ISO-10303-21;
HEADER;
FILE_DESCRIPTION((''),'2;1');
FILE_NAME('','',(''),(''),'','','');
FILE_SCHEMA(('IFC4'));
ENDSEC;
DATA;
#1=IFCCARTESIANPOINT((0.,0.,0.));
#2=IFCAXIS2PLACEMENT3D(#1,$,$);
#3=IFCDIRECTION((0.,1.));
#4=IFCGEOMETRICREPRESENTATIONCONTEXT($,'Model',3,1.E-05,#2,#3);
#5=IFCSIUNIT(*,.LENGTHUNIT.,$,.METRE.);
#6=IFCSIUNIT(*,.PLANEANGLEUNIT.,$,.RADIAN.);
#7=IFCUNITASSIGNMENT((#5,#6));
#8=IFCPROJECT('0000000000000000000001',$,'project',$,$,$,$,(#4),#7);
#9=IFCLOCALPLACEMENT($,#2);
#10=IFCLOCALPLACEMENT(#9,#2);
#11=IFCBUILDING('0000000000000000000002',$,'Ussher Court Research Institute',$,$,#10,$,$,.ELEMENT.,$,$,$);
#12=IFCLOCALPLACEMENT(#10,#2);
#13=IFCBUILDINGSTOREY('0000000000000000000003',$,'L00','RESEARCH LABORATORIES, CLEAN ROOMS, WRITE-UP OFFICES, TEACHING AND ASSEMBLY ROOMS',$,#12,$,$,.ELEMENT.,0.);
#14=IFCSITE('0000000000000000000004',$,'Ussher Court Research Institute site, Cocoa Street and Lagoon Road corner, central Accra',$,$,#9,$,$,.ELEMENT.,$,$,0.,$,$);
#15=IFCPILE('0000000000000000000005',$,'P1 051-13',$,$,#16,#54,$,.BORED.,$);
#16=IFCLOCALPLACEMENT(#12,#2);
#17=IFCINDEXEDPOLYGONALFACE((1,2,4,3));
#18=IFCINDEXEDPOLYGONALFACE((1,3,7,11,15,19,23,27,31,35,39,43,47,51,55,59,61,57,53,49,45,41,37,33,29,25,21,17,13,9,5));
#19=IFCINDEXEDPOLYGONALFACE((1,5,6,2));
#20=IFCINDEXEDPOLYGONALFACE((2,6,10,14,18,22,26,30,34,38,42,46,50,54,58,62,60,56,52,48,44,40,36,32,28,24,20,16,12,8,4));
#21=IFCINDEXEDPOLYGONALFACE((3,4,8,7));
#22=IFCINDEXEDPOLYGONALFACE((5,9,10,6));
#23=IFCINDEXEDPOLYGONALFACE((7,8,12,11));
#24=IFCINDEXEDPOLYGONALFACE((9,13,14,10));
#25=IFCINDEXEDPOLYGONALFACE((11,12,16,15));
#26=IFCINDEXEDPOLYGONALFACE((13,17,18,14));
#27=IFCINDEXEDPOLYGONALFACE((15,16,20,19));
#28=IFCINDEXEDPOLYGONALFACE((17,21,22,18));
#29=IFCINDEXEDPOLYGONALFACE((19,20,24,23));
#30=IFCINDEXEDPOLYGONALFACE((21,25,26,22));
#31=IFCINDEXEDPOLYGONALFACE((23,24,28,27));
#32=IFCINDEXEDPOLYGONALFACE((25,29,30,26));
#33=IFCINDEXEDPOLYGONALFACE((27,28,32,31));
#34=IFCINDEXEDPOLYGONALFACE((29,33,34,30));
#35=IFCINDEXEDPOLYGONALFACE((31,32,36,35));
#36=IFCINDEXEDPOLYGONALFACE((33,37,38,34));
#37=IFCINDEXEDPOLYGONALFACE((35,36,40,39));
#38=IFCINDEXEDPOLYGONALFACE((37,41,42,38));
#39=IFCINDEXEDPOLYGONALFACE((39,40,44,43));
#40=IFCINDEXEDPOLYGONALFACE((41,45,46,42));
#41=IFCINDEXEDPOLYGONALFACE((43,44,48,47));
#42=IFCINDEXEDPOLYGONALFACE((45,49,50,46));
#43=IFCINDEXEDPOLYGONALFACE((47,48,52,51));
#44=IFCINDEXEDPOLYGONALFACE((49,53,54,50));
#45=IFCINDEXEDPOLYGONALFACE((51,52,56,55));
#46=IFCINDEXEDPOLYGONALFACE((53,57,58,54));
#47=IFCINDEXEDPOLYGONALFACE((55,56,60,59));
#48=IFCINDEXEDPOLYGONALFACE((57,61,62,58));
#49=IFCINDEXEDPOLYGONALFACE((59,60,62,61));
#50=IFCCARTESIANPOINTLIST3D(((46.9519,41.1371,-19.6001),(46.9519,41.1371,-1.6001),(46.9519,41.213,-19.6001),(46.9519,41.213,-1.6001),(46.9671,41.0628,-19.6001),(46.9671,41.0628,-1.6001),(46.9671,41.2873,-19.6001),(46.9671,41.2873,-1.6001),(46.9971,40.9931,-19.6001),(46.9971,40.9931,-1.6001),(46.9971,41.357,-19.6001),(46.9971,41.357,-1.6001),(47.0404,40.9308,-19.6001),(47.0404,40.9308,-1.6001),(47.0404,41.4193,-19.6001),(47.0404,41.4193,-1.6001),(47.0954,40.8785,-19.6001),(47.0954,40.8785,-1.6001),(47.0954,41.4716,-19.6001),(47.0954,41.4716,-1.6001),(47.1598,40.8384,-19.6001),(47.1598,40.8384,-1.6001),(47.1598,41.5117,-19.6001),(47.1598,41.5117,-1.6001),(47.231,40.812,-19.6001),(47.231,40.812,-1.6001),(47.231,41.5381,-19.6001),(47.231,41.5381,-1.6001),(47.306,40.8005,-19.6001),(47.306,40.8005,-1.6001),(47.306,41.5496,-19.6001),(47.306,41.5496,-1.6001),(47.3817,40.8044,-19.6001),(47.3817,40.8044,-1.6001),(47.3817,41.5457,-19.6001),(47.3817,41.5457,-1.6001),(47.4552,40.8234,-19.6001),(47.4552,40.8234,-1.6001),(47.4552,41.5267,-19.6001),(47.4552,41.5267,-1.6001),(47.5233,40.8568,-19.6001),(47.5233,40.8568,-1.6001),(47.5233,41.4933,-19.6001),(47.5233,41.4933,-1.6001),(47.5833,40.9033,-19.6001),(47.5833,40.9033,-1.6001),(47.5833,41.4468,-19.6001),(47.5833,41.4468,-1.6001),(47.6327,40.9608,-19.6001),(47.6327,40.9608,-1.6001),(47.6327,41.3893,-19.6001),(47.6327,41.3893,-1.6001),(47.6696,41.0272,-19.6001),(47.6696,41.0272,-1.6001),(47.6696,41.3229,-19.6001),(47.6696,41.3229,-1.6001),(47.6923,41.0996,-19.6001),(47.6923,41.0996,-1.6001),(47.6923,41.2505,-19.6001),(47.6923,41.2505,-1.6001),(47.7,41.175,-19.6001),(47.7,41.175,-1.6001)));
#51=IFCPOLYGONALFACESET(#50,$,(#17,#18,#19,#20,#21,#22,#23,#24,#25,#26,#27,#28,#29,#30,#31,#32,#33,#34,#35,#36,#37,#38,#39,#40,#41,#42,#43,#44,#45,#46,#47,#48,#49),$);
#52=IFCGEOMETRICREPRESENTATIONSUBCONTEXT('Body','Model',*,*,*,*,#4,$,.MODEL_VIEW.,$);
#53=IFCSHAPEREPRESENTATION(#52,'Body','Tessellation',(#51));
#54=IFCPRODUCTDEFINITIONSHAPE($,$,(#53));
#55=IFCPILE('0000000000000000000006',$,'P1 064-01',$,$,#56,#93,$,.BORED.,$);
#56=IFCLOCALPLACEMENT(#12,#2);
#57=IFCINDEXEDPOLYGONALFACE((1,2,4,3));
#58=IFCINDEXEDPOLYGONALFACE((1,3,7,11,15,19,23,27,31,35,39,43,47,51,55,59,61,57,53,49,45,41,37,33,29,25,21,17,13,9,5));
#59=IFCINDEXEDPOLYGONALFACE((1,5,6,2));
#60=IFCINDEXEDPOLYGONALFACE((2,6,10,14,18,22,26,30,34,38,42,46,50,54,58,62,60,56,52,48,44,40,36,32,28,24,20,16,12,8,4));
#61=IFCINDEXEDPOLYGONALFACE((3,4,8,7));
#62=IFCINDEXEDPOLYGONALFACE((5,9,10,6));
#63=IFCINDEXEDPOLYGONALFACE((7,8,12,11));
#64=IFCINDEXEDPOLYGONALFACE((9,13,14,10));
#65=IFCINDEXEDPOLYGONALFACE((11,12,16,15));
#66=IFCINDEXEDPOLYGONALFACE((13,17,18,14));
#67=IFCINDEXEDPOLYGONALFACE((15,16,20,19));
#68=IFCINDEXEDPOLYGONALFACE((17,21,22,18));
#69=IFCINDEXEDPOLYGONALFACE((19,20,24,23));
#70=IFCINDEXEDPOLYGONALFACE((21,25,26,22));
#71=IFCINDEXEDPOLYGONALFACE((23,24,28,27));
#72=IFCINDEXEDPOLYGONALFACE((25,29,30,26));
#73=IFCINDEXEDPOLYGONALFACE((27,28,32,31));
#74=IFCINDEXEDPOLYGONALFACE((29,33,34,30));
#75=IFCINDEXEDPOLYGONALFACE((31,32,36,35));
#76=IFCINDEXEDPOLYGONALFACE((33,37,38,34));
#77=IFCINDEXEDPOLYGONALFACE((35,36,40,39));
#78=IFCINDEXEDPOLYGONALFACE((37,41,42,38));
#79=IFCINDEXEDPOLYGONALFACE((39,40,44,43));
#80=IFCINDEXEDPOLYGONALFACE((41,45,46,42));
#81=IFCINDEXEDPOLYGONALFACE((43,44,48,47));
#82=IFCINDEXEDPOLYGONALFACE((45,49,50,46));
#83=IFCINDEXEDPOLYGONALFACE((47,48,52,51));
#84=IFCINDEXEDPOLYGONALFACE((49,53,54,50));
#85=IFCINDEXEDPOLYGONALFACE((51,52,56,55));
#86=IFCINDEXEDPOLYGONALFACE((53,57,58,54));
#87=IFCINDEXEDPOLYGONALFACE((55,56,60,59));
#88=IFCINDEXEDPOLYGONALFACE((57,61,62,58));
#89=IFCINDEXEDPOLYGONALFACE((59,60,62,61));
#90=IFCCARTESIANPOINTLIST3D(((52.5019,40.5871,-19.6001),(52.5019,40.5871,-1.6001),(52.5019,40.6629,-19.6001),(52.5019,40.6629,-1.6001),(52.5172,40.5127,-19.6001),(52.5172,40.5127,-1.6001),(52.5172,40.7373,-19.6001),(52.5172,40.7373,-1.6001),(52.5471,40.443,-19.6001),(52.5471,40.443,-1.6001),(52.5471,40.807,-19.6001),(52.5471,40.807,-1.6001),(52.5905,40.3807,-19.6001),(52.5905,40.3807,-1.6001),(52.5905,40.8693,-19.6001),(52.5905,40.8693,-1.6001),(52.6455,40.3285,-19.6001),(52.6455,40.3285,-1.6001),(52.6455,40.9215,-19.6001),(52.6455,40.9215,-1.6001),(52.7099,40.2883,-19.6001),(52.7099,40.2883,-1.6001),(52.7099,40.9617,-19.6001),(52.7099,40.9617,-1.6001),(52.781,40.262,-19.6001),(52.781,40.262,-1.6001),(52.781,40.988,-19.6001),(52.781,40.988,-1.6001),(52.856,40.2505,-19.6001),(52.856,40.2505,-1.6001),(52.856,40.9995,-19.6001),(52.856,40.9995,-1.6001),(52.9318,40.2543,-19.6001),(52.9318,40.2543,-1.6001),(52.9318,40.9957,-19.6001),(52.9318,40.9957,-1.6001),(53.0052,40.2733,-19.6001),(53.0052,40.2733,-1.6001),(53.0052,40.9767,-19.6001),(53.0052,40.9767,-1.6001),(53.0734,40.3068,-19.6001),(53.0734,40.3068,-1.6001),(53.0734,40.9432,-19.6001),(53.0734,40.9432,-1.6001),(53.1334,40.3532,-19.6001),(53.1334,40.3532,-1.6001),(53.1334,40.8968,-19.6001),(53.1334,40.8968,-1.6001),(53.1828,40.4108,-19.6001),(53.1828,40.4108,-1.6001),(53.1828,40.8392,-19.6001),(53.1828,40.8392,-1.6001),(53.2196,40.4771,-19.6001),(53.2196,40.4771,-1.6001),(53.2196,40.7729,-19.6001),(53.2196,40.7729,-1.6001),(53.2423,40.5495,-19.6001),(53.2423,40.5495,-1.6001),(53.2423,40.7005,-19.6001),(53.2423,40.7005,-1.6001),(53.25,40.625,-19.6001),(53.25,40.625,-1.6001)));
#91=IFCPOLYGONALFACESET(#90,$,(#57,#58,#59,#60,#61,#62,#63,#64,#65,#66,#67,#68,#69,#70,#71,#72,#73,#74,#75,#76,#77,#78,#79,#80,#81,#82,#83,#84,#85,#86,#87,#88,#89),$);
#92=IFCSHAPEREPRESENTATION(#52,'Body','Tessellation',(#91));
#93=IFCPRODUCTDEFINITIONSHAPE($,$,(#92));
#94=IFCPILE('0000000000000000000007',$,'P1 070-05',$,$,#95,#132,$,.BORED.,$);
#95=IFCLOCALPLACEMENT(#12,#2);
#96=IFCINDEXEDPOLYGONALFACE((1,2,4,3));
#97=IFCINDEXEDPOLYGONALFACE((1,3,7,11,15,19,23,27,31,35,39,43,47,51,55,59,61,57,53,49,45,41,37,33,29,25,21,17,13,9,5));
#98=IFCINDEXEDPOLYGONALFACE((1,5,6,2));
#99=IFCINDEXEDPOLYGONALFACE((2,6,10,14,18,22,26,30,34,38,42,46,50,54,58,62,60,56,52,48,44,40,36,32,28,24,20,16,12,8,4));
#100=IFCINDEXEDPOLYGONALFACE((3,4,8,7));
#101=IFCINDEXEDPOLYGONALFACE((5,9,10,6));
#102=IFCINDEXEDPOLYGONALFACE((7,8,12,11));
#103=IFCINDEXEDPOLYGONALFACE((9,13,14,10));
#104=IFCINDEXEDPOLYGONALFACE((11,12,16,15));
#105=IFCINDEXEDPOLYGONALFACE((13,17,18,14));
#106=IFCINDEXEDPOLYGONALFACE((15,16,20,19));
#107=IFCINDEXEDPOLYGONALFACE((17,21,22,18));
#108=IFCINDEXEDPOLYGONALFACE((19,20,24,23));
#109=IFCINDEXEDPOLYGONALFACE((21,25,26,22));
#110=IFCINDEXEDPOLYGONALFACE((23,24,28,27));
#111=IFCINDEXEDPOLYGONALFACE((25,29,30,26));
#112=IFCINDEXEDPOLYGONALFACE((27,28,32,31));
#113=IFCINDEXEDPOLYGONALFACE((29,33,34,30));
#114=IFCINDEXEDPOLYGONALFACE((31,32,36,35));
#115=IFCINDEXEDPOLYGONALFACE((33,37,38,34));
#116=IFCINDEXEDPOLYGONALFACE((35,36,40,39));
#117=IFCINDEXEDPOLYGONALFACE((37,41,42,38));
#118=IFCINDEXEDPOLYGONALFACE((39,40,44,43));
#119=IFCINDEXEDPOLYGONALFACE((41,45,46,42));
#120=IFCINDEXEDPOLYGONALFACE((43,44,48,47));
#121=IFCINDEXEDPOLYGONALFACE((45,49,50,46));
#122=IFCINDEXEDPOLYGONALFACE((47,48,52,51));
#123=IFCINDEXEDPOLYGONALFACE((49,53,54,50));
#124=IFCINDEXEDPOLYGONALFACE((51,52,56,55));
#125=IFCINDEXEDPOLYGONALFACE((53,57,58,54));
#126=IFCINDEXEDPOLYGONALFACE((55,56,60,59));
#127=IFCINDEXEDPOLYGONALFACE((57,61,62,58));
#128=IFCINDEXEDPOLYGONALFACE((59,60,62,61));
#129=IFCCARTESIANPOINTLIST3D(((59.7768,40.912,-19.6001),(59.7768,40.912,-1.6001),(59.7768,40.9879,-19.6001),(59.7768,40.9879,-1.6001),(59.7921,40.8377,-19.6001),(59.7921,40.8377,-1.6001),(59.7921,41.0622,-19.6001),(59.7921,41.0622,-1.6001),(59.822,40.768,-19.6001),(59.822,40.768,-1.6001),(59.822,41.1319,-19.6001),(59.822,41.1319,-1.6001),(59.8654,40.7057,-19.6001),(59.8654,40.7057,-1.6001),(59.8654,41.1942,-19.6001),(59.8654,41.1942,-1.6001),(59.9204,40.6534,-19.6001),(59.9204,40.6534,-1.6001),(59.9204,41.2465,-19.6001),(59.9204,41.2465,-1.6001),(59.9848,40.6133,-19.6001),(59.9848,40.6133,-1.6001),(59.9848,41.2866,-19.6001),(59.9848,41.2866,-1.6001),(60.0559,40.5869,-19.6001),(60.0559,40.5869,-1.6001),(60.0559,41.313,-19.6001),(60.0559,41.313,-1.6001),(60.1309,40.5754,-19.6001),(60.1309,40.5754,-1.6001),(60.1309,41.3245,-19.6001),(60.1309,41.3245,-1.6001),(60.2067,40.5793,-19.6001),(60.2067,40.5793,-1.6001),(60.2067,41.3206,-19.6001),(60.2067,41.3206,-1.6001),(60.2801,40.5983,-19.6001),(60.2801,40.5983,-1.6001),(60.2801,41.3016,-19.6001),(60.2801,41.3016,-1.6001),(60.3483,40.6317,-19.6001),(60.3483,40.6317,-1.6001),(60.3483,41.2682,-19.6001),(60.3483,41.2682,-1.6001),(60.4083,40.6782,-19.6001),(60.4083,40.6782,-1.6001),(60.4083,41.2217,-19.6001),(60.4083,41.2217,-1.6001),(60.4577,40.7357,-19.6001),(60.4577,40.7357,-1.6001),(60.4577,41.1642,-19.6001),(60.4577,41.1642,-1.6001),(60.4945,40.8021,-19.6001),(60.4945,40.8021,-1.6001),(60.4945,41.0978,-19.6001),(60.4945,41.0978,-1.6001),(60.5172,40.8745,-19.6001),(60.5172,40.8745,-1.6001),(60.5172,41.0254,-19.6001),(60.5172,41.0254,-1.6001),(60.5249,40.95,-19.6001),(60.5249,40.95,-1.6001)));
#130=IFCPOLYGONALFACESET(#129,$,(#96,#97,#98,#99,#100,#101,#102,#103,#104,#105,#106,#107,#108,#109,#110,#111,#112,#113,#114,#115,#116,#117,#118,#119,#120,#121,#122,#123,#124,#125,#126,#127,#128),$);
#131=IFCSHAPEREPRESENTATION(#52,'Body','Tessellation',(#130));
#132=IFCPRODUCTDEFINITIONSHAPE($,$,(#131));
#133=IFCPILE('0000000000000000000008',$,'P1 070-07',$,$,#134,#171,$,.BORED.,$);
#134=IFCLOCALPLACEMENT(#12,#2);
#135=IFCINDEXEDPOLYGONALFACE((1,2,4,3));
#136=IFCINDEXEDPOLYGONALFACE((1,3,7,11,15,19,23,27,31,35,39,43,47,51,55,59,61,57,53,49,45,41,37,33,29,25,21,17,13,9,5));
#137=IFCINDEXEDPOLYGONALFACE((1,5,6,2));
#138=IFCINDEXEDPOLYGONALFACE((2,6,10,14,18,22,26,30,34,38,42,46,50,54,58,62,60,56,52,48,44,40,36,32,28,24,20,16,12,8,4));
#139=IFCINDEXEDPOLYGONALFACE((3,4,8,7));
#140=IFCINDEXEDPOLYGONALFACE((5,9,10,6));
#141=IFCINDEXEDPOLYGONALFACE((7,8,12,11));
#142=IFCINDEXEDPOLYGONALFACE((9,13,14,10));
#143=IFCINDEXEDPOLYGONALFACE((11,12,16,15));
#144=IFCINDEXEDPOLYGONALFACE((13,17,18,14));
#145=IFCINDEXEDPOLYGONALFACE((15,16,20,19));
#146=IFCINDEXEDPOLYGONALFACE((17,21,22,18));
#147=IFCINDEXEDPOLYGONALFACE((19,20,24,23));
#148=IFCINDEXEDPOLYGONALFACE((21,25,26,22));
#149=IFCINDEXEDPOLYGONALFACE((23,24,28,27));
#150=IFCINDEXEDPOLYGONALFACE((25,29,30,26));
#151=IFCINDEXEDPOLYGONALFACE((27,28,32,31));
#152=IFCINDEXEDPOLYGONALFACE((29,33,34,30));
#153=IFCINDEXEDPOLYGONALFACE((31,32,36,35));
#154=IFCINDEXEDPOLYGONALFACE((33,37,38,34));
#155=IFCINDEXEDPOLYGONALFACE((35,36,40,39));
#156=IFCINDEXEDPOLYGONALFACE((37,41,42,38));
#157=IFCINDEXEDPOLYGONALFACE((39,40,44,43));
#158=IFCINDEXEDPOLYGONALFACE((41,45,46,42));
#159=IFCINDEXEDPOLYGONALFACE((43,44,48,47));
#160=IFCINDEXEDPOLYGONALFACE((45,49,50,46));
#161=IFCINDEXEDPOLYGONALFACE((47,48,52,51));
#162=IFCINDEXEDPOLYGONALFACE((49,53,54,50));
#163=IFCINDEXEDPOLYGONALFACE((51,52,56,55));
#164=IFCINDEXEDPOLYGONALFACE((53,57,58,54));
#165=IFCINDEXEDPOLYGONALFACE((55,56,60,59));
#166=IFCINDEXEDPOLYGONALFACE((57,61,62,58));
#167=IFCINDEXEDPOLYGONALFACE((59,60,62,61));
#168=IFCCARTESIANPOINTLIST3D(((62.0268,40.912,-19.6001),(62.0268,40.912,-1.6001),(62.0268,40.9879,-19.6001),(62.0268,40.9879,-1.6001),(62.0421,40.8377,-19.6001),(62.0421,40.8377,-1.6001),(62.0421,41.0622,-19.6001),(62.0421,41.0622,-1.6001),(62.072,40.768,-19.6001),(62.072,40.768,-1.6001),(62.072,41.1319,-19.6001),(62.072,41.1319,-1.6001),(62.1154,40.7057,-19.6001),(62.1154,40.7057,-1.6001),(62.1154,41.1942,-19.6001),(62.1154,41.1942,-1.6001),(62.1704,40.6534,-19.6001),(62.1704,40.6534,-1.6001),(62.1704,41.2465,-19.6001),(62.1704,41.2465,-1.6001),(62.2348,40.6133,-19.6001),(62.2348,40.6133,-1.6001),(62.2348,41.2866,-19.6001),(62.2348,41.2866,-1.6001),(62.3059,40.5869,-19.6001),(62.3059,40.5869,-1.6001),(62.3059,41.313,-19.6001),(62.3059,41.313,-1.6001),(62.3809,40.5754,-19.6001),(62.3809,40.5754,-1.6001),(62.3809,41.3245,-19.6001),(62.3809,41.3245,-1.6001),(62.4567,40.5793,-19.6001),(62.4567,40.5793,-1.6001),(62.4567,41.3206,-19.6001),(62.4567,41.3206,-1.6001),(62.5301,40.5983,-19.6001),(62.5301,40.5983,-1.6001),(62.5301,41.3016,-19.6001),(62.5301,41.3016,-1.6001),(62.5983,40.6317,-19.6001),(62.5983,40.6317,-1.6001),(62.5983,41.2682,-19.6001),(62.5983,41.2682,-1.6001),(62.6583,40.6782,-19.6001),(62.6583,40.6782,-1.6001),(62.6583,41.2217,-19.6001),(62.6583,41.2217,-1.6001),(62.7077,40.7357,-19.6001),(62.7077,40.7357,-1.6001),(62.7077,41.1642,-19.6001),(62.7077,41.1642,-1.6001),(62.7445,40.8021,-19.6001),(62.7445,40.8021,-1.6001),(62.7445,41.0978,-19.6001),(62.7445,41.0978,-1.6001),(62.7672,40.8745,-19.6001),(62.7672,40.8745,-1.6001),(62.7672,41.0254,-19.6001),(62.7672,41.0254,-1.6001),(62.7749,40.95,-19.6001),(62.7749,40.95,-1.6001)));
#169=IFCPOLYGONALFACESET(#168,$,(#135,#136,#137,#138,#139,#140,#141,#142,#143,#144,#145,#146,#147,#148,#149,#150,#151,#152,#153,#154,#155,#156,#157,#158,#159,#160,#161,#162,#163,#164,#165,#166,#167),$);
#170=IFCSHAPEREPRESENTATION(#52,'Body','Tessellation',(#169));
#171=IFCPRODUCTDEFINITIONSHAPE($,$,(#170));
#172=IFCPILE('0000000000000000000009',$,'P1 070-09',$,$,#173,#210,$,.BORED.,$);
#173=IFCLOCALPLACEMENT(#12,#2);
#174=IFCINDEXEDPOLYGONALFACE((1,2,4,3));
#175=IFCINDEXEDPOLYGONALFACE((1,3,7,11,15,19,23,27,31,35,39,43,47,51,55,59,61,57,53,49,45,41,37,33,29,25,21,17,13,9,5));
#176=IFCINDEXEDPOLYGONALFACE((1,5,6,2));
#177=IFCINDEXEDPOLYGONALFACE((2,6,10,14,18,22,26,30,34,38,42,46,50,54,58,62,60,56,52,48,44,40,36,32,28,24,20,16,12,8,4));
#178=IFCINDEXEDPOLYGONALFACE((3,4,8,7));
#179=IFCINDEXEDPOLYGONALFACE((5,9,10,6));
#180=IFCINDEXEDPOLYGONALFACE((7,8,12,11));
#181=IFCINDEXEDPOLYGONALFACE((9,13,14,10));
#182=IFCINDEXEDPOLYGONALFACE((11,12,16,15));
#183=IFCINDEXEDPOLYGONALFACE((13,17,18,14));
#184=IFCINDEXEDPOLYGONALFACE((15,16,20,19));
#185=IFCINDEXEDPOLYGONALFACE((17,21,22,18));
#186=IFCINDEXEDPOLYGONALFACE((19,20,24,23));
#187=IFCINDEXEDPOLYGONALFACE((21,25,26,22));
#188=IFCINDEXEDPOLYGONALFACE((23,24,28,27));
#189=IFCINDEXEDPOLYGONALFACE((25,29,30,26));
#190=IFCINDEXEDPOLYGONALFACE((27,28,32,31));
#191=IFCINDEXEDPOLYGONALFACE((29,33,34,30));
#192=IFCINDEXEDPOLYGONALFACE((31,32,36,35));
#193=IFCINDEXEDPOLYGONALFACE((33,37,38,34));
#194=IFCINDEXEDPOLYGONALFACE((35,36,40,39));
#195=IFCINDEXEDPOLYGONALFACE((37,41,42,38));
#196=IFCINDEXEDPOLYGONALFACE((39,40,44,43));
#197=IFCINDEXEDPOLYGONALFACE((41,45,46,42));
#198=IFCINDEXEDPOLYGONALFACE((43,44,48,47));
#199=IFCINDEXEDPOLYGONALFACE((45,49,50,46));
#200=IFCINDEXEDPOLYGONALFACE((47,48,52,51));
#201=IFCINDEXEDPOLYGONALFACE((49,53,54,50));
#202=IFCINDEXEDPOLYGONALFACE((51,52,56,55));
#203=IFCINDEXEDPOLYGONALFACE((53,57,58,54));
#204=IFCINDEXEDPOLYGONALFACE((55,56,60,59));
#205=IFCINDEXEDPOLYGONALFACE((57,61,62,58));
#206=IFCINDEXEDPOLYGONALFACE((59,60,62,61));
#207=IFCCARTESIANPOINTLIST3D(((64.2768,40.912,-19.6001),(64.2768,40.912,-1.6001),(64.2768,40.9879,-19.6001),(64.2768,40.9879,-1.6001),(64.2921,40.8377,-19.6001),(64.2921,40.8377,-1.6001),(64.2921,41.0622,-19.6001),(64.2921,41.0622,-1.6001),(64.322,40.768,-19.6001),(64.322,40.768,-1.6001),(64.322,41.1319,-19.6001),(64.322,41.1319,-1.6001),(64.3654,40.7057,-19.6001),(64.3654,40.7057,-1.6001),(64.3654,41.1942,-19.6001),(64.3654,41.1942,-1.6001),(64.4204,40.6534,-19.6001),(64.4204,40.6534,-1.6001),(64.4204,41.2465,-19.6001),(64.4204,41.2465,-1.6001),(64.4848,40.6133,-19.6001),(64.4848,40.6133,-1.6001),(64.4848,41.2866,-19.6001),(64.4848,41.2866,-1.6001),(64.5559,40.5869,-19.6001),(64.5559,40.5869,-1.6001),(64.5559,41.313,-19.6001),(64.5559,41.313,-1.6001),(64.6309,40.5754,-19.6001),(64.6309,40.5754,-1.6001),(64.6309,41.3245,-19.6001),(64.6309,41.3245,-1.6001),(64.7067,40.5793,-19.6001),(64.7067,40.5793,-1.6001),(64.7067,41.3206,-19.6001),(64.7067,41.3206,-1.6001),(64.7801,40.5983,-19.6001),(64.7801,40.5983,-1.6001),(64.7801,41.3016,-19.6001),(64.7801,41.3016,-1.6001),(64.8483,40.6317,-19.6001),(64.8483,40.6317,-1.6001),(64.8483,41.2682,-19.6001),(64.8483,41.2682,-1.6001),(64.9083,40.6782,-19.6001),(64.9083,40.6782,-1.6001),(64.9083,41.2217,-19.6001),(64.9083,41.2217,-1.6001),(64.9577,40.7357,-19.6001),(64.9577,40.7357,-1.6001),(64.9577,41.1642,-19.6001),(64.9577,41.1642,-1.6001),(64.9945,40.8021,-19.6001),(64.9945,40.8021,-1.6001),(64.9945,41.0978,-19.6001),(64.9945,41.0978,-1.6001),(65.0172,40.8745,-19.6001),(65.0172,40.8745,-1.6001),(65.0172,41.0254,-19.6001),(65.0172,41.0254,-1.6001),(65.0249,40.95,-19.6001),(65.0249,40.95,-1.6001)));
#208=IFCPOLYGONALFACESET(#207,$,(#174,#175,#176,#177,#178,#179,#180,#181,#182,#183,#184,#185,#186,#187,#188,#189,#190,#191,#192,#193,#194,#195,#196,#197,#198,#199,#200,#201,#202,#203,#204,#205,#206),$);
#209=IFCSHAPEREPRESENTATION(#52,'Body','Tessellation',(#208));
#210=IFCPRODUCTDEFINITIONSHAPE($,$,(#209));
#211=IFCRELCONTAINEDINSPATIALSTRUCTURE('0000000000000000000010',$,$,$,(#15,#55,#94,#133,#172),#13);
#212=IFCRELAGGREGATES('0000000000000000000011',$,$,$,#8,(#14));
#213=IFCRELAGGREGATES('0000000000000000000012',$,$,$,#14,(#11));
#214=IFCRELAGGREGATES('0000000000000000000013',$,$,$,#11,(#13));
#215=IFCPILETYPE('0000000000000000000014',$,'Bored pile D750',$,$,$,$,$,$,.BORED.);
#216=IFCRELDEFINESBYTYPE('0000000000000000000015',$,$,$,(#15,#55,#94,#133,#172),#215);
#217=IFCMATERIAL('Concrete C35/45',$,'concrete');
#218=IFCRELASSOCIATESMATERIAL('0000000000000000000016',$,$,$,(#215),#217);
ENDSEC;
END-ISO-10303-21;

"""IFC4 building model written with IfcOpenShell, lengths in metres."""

from ifc_helpers import new_model, si_unit, direction, frame, origin, origin_2d, place, context, subcontext, project, spatial, circle, extrude, material, material_profile, profile_set, type_object, element, save


model = new_model("IFC4")

# Units and contexts
model_context = context("Model", 3, precision=1e-05, world=origin(), true_north=direction((0.0, 1.0)))
body_context = subcontext(model_context, "Body", "Model", "MODEL_VIEW")
ifc_project = project(units=[si_unit("LENGTHUNIT", "METRE"), si_unit("PLANEANGLEUNIT", "RADIAN")], contexts=[model_context])

# Site, building, storey
site_placement = place(None, origin())
site = spatial("IfcSite", under=ifc_project, at=site_placement, Name="Ussher Court Research Institute site, Cocoa Street and Lagoon Road corner, central Accra", CompositionType="ELEMENT", RefElevation=0.0)
building_placement = place(site_placement, origin())
building = spatial("IfcBuilding", under=site, at=building_placement, Name="Ussher Court Research Institute", CompositionType="ELEMENT")
storey_placement = place(building_placement, origin())
storey = spatial("IfcBuildingStorey", under=building, at=storey_placement, Name="L00", Description="RESEARCH LABORATORIES, CLEAN ROOMS, WRITE-UP OFFICES, TEACHING AND ASSEMBLY ROOMS", CompositionType="ELEMENT", Elevation=0.0)

# Piles
ifc_material_1 = material(Name="Concrete C35/45", Category="concrete")
ifc_material_profile_1 = material_profile(ifc_material_1, circle(Radius=0.375, at=origin_2d()), Name="RC D750")
ifc_profile_set_1 = profile_set([ifc_material_profile_1], Name="Concrete C35/45")
pile_type_1 = type_object("IfcPileType", Name="Bored pile D750", PredefinedType="BORED", material=ifc_profile_set_1)
for number, where, z_axis, x_axis, name in (
    (1, (47.325, 41.175, -1.6001), (0.0, 0.0, -1.0), (1.0, 0.0, 0.0), "P1 051-13"),
    (2, (52.875, 40.625, -1.6001), (0.0, 0.0, -1.0), (1.0, 0.0, 0.0), "P1 064-01"),
    (3, (60.1499, 40.95, -1.6001), (0.0, 0.0, -1.0), (1.0, 0.0, 0.0), "P1 070-05"),
    (4, (62.3999, 40.95, -1.6001), (0.0, 0.0, -1.0), (1.0, 0.0, 0.0), "P1 070-07"),
    (5, (64.6499, 40.95, -1.6001), (0.0, 0.0, -1.0), (1.0, 0.0, 0.0), "P1 070-09"),
):
    element("IfcPile", number, at=place(storey_placement, frame(where, z_axis=z_axis, x_axis=x_axis)), inside=storey, type_object=pile_type_1, Name=name, PredefinedType="BORED", context=body_context, shape_type="SweptSolid", body=[
        extrude(circle(Radius=0.375, at=origin_2d()), origin(), (0.0, 0.0, 1.0), 18.0),
    ])

save(model, "model.ifc")
